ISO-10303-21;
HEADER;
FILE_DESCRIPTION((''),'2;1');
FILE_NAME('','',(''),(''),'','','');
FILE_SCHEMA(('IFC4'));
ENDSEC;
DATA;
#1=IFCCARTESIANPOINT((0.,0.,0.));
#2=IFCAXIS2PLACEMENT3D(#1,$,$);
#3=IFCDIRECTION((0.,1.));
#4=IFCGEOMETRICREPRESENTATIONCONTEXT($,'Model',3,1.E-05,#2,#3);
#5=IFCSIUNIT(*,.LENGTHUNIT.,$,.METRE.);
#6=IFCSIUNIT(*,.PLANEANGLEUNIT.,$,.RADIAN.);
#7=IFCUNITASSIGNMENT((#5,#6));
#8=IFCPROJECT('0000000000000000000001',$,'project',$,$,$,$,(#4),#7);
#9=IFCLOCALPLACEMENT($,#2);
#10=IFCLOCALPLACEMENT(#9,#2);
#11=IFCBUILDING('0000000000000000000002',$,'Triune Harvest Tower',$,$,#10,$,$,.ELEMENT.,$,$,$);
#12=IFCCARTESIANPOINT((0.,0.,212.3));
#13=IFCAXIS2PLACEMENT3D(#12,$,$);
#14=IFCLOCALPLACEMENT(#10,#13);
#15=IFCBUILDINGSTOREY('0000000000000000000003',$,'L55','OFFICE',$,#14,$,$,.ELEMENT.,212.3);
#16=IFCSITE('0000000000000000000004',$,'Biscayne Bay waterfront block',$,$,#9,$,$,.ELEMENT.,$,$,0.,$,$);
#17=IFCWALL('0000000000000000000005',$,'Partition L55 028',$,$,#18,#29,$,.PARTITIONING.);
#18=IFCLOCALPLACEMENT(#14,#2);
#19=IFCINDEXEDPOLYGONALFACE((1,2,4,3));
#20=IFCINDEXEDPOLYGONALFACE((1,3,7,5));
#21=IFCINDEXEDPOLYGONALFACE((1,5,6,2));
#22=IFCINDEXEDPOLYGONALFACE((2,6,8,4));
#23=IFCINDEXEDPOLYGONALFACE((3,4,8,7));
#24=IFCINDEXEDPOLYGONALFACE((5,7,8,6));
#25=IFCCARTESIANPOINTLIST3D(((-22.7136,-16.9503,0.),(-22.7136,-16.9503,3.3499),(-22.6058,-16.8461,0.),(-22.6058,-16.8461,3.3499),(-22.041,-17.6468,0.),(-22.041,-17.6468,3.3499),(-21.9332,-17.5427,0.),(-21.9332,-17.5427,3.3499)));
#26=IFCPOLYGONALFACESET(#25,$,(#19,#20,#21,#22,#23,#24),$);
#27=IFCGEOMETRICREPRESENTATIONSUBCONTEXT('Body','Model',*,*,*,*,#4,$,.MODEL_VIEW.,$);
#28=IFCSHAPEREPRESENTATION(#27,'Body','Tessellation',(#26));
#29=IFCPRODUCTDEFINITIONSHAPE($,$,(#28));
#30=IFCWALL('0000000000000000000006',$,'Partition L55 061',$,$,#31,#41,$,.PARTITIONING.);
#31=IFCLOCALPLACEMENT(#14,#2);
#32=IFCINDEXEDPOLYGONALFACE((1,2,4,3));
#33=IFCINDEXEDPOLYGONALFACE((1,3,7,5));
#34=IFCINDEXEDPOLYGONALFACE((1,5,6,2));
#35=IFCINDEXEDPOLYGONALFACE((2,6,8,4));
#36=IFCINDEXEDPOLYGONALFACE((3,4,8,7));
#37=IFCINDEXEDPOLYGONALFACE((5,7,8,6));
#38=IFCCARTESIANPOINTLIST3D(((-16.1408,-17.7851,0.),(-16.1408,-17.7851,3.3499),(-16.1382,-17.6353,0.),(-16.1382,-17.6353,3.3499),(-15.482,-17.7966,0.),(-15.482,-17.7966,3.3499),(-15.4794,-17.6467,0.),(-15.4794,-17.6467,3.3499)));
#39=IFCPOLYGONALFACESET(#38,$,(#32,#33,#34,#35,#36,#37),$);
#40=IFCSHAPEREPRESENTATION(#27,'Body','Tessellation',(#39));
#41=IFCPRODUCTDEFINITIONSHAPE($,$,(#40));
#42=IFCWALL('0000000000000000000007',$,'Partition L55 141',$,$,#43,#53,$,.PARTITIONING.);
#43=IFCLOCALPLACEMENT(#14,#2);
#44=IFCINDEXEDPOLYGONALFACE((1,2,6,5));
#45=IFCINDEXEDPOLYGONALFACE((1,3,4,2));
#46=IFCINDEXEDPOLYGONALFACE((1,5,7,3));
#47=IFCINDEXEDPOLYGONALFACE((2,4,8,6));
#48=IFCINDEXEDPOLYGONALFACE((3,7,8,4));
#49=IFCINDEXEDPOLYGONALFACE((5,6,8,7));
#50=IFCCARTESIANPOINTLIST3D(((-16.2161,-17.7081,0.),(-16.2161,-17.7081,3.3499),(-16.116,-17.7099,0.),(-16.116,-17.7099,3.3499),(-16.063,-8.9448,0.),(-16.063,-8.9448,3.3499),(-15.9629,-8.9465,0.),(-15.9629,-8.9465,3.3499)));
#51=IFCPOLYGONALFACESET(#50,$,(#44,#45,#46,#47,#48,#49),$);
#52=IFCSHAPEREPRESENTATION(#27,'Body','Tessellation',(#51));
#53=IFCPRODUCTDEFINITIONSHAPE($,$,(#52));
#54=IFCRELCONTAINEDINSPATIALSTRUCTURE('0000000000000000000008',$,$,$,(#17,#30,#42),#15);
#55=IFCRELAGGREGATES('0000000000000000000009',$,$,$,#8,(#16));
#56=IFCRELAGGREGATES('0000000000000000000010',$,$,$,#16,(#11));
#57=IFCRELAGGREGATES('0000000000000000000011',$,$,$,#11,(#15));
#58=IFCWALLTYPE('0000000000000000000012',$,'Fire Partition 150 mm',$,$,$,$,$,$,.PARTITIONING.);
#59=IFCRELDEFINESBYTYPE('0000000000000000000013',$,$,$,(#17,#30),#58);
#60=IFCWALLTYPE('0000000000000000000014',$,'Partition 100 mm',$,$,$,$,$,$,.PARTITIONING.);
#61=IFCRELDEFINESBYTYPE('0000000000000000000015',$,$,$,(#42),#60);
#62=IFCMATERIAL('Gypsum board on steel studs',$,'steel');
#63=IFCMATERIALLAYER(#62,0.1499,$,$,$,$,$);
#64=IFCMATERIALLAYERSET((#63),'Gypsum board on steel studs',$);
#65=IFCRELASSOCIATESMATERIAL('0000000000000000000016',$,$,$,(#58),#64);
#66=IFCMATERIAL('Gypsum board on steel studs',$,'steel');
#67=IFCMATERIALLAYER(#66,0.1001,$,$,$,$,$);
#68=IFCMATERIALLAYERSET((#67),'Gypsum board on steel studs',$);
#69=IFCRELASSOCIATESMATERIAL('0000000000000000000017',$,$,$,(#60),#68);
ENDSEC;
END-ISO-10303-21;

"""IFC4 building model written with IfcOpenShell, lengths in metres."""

from ifc_helpers import new_model, si_unit, direction, frame, frame_2d, origin, place, context, subcontext, project, spatial, rectangle, extrude, source, transform, mapped, material, layer, layer_set, type_object, element, save


model = new_model("IFC4")

# Units and contexts
model_context = context("Model", 3, precision=1e-05, world=origin(), true_north=direction((0.0, 1.0)))
body_context = subcontext(model_context, "Body", "Model", "MODEL_VIEW")
ifc_project = project(units=[si_unit("LENGTHUNIT", "METRE"), si_unit("PLANEANGLEUNIT", "RADIAN")], contexts=[model_context])

# Site, building, storey
site_placement = place(None, origin())
site = spatial("IfcSite", under=ifc_project, at=site_placement, Name="Biscayne Bay waterfront block", CompositionType="ELEMENT", RefElevation=0.0)
building_placement = place(site_placement, origin())
building = spatial("IfcBuilding", under=site, at=building_placement, Name="Triune Harvest Tower", CompositionType="ELEMENT")
storey_placement = place(building_placement, frame((0.0, 0.0, 212.3)))
storey = spatial("IfcBuildingStorey", under=building, at=storey_placement, Name="L55", Description="OFFICE", CompositionType="ELEMENT", Elevation=212.3)

# Shared definitions
ifc_material_1 = material(Name="Gypsum board on steel studs", Category="steel")
ifc_layer_1 = layer(ifc_material_1, 0.1499)
ifc_layer_set_1 = layer_set([ifc_layer_1], Name="Gypsum board on steel studs")
wall_type_1 = type_object("IfcWallType", Name="Fire Partition 150 mm", PredefinedType="PARTITIONING", material=ifc_layer_set_1)

# Walls
ifc_material_2 = material(Name="Gypsum board on steel studs", Category="steel")
ifc_layer_2 = layer(ifc_material_2, 0.1001)
ifc_layer_set_2 = layer_set([ifc_layer_2], Name="Gypsum board on steel studs")
wall_type_2 = type_object("IfcWallType", Name="Partition 100 mm", PredefinedType="PARTITIONING", material=ifc_layer_set_2)
shared_shape_1 = source(origin(), body_context, "Body", "SweptSolid", [
    extrude(rectangle(XDim=0.9683, YDim=0.1499, at=frame_2d((0.4841, 0.0))), origin(), (0.0, 0.0, 1.0), 3.3499),
])
wall_1_placement = place(storey_placement, frame((-22.6597, -16.8982, 0.0), z_axis=(0.0, 0.0, 1.0), x_axis=(0.694644, -0.719354, 0.0)))
element("IfcWall", 1, at=wall_1_placement, inside=storey, type_object=wall_type_1, Name="Partition L55 028", PredefinedType="PARTITIONING", context=body_context, shape_type="MappedRepresentation", body=[
    mapped(shared_shape_1, transform((0.0, 0.0, 0.0), scale=1.0)),
])
shared_shape_2 = source(origin(), body_context, "Body", "SweptSolid", [
    extrude(rectangle(XDim=0.6589, YDim=0.1499, at=frame_2d((0.3296, 0.0))), origin(), (0.0, 0.0, 1.0), 3.3499),
])
wall_2_placement = place(storey_placement, frame((-16.1396, -17.7102, 0.0), z_axis=(0.0, 0.0, 1.0), x_axis=(0.999848, -0.017411, 0.0)))
element("IfcWall", 2, at=wall_2_placement, inside=storey, type_object=wall_type_1, Name="Partition L55 061", PredefinedType="PARTITIONING", context=body_context, shape_type="MappedRepresentation", body=[
    mapped(shared_shape_2, transform((0.0, 0.0, 0.0), scale=1.0)),
])
shared_shape_3 = source(origin(), body_context, "Body", "SweptSolid", [
    extrude(rectangle(XDim=8.7646, YDim=0.1001, at=frame_2d((4.3823, 0.0))), origin(), (0.0, 0.0, 1.0), 3.3499),
])
wall_3_placement = place(storey_placement, frame((-16.166, -17.709, 0.0), z_axis=(0.0, 0.0, 1.0), x_axis=(0.017465, 0.999847, 0.0)))
element("IfcWall", 3, at=wall_3_placement, inside=storey, type_object=wall_type_2, Name="Partition L55 141", PredefinedType="PARTITIONING", context=body_context, shape_type="MappedRepresentation", body=[
    mapped(shared_shape_3, transform((0.0, 0.0, 0.0), scale=1.0)),
])

save(model, "model.ifc")
